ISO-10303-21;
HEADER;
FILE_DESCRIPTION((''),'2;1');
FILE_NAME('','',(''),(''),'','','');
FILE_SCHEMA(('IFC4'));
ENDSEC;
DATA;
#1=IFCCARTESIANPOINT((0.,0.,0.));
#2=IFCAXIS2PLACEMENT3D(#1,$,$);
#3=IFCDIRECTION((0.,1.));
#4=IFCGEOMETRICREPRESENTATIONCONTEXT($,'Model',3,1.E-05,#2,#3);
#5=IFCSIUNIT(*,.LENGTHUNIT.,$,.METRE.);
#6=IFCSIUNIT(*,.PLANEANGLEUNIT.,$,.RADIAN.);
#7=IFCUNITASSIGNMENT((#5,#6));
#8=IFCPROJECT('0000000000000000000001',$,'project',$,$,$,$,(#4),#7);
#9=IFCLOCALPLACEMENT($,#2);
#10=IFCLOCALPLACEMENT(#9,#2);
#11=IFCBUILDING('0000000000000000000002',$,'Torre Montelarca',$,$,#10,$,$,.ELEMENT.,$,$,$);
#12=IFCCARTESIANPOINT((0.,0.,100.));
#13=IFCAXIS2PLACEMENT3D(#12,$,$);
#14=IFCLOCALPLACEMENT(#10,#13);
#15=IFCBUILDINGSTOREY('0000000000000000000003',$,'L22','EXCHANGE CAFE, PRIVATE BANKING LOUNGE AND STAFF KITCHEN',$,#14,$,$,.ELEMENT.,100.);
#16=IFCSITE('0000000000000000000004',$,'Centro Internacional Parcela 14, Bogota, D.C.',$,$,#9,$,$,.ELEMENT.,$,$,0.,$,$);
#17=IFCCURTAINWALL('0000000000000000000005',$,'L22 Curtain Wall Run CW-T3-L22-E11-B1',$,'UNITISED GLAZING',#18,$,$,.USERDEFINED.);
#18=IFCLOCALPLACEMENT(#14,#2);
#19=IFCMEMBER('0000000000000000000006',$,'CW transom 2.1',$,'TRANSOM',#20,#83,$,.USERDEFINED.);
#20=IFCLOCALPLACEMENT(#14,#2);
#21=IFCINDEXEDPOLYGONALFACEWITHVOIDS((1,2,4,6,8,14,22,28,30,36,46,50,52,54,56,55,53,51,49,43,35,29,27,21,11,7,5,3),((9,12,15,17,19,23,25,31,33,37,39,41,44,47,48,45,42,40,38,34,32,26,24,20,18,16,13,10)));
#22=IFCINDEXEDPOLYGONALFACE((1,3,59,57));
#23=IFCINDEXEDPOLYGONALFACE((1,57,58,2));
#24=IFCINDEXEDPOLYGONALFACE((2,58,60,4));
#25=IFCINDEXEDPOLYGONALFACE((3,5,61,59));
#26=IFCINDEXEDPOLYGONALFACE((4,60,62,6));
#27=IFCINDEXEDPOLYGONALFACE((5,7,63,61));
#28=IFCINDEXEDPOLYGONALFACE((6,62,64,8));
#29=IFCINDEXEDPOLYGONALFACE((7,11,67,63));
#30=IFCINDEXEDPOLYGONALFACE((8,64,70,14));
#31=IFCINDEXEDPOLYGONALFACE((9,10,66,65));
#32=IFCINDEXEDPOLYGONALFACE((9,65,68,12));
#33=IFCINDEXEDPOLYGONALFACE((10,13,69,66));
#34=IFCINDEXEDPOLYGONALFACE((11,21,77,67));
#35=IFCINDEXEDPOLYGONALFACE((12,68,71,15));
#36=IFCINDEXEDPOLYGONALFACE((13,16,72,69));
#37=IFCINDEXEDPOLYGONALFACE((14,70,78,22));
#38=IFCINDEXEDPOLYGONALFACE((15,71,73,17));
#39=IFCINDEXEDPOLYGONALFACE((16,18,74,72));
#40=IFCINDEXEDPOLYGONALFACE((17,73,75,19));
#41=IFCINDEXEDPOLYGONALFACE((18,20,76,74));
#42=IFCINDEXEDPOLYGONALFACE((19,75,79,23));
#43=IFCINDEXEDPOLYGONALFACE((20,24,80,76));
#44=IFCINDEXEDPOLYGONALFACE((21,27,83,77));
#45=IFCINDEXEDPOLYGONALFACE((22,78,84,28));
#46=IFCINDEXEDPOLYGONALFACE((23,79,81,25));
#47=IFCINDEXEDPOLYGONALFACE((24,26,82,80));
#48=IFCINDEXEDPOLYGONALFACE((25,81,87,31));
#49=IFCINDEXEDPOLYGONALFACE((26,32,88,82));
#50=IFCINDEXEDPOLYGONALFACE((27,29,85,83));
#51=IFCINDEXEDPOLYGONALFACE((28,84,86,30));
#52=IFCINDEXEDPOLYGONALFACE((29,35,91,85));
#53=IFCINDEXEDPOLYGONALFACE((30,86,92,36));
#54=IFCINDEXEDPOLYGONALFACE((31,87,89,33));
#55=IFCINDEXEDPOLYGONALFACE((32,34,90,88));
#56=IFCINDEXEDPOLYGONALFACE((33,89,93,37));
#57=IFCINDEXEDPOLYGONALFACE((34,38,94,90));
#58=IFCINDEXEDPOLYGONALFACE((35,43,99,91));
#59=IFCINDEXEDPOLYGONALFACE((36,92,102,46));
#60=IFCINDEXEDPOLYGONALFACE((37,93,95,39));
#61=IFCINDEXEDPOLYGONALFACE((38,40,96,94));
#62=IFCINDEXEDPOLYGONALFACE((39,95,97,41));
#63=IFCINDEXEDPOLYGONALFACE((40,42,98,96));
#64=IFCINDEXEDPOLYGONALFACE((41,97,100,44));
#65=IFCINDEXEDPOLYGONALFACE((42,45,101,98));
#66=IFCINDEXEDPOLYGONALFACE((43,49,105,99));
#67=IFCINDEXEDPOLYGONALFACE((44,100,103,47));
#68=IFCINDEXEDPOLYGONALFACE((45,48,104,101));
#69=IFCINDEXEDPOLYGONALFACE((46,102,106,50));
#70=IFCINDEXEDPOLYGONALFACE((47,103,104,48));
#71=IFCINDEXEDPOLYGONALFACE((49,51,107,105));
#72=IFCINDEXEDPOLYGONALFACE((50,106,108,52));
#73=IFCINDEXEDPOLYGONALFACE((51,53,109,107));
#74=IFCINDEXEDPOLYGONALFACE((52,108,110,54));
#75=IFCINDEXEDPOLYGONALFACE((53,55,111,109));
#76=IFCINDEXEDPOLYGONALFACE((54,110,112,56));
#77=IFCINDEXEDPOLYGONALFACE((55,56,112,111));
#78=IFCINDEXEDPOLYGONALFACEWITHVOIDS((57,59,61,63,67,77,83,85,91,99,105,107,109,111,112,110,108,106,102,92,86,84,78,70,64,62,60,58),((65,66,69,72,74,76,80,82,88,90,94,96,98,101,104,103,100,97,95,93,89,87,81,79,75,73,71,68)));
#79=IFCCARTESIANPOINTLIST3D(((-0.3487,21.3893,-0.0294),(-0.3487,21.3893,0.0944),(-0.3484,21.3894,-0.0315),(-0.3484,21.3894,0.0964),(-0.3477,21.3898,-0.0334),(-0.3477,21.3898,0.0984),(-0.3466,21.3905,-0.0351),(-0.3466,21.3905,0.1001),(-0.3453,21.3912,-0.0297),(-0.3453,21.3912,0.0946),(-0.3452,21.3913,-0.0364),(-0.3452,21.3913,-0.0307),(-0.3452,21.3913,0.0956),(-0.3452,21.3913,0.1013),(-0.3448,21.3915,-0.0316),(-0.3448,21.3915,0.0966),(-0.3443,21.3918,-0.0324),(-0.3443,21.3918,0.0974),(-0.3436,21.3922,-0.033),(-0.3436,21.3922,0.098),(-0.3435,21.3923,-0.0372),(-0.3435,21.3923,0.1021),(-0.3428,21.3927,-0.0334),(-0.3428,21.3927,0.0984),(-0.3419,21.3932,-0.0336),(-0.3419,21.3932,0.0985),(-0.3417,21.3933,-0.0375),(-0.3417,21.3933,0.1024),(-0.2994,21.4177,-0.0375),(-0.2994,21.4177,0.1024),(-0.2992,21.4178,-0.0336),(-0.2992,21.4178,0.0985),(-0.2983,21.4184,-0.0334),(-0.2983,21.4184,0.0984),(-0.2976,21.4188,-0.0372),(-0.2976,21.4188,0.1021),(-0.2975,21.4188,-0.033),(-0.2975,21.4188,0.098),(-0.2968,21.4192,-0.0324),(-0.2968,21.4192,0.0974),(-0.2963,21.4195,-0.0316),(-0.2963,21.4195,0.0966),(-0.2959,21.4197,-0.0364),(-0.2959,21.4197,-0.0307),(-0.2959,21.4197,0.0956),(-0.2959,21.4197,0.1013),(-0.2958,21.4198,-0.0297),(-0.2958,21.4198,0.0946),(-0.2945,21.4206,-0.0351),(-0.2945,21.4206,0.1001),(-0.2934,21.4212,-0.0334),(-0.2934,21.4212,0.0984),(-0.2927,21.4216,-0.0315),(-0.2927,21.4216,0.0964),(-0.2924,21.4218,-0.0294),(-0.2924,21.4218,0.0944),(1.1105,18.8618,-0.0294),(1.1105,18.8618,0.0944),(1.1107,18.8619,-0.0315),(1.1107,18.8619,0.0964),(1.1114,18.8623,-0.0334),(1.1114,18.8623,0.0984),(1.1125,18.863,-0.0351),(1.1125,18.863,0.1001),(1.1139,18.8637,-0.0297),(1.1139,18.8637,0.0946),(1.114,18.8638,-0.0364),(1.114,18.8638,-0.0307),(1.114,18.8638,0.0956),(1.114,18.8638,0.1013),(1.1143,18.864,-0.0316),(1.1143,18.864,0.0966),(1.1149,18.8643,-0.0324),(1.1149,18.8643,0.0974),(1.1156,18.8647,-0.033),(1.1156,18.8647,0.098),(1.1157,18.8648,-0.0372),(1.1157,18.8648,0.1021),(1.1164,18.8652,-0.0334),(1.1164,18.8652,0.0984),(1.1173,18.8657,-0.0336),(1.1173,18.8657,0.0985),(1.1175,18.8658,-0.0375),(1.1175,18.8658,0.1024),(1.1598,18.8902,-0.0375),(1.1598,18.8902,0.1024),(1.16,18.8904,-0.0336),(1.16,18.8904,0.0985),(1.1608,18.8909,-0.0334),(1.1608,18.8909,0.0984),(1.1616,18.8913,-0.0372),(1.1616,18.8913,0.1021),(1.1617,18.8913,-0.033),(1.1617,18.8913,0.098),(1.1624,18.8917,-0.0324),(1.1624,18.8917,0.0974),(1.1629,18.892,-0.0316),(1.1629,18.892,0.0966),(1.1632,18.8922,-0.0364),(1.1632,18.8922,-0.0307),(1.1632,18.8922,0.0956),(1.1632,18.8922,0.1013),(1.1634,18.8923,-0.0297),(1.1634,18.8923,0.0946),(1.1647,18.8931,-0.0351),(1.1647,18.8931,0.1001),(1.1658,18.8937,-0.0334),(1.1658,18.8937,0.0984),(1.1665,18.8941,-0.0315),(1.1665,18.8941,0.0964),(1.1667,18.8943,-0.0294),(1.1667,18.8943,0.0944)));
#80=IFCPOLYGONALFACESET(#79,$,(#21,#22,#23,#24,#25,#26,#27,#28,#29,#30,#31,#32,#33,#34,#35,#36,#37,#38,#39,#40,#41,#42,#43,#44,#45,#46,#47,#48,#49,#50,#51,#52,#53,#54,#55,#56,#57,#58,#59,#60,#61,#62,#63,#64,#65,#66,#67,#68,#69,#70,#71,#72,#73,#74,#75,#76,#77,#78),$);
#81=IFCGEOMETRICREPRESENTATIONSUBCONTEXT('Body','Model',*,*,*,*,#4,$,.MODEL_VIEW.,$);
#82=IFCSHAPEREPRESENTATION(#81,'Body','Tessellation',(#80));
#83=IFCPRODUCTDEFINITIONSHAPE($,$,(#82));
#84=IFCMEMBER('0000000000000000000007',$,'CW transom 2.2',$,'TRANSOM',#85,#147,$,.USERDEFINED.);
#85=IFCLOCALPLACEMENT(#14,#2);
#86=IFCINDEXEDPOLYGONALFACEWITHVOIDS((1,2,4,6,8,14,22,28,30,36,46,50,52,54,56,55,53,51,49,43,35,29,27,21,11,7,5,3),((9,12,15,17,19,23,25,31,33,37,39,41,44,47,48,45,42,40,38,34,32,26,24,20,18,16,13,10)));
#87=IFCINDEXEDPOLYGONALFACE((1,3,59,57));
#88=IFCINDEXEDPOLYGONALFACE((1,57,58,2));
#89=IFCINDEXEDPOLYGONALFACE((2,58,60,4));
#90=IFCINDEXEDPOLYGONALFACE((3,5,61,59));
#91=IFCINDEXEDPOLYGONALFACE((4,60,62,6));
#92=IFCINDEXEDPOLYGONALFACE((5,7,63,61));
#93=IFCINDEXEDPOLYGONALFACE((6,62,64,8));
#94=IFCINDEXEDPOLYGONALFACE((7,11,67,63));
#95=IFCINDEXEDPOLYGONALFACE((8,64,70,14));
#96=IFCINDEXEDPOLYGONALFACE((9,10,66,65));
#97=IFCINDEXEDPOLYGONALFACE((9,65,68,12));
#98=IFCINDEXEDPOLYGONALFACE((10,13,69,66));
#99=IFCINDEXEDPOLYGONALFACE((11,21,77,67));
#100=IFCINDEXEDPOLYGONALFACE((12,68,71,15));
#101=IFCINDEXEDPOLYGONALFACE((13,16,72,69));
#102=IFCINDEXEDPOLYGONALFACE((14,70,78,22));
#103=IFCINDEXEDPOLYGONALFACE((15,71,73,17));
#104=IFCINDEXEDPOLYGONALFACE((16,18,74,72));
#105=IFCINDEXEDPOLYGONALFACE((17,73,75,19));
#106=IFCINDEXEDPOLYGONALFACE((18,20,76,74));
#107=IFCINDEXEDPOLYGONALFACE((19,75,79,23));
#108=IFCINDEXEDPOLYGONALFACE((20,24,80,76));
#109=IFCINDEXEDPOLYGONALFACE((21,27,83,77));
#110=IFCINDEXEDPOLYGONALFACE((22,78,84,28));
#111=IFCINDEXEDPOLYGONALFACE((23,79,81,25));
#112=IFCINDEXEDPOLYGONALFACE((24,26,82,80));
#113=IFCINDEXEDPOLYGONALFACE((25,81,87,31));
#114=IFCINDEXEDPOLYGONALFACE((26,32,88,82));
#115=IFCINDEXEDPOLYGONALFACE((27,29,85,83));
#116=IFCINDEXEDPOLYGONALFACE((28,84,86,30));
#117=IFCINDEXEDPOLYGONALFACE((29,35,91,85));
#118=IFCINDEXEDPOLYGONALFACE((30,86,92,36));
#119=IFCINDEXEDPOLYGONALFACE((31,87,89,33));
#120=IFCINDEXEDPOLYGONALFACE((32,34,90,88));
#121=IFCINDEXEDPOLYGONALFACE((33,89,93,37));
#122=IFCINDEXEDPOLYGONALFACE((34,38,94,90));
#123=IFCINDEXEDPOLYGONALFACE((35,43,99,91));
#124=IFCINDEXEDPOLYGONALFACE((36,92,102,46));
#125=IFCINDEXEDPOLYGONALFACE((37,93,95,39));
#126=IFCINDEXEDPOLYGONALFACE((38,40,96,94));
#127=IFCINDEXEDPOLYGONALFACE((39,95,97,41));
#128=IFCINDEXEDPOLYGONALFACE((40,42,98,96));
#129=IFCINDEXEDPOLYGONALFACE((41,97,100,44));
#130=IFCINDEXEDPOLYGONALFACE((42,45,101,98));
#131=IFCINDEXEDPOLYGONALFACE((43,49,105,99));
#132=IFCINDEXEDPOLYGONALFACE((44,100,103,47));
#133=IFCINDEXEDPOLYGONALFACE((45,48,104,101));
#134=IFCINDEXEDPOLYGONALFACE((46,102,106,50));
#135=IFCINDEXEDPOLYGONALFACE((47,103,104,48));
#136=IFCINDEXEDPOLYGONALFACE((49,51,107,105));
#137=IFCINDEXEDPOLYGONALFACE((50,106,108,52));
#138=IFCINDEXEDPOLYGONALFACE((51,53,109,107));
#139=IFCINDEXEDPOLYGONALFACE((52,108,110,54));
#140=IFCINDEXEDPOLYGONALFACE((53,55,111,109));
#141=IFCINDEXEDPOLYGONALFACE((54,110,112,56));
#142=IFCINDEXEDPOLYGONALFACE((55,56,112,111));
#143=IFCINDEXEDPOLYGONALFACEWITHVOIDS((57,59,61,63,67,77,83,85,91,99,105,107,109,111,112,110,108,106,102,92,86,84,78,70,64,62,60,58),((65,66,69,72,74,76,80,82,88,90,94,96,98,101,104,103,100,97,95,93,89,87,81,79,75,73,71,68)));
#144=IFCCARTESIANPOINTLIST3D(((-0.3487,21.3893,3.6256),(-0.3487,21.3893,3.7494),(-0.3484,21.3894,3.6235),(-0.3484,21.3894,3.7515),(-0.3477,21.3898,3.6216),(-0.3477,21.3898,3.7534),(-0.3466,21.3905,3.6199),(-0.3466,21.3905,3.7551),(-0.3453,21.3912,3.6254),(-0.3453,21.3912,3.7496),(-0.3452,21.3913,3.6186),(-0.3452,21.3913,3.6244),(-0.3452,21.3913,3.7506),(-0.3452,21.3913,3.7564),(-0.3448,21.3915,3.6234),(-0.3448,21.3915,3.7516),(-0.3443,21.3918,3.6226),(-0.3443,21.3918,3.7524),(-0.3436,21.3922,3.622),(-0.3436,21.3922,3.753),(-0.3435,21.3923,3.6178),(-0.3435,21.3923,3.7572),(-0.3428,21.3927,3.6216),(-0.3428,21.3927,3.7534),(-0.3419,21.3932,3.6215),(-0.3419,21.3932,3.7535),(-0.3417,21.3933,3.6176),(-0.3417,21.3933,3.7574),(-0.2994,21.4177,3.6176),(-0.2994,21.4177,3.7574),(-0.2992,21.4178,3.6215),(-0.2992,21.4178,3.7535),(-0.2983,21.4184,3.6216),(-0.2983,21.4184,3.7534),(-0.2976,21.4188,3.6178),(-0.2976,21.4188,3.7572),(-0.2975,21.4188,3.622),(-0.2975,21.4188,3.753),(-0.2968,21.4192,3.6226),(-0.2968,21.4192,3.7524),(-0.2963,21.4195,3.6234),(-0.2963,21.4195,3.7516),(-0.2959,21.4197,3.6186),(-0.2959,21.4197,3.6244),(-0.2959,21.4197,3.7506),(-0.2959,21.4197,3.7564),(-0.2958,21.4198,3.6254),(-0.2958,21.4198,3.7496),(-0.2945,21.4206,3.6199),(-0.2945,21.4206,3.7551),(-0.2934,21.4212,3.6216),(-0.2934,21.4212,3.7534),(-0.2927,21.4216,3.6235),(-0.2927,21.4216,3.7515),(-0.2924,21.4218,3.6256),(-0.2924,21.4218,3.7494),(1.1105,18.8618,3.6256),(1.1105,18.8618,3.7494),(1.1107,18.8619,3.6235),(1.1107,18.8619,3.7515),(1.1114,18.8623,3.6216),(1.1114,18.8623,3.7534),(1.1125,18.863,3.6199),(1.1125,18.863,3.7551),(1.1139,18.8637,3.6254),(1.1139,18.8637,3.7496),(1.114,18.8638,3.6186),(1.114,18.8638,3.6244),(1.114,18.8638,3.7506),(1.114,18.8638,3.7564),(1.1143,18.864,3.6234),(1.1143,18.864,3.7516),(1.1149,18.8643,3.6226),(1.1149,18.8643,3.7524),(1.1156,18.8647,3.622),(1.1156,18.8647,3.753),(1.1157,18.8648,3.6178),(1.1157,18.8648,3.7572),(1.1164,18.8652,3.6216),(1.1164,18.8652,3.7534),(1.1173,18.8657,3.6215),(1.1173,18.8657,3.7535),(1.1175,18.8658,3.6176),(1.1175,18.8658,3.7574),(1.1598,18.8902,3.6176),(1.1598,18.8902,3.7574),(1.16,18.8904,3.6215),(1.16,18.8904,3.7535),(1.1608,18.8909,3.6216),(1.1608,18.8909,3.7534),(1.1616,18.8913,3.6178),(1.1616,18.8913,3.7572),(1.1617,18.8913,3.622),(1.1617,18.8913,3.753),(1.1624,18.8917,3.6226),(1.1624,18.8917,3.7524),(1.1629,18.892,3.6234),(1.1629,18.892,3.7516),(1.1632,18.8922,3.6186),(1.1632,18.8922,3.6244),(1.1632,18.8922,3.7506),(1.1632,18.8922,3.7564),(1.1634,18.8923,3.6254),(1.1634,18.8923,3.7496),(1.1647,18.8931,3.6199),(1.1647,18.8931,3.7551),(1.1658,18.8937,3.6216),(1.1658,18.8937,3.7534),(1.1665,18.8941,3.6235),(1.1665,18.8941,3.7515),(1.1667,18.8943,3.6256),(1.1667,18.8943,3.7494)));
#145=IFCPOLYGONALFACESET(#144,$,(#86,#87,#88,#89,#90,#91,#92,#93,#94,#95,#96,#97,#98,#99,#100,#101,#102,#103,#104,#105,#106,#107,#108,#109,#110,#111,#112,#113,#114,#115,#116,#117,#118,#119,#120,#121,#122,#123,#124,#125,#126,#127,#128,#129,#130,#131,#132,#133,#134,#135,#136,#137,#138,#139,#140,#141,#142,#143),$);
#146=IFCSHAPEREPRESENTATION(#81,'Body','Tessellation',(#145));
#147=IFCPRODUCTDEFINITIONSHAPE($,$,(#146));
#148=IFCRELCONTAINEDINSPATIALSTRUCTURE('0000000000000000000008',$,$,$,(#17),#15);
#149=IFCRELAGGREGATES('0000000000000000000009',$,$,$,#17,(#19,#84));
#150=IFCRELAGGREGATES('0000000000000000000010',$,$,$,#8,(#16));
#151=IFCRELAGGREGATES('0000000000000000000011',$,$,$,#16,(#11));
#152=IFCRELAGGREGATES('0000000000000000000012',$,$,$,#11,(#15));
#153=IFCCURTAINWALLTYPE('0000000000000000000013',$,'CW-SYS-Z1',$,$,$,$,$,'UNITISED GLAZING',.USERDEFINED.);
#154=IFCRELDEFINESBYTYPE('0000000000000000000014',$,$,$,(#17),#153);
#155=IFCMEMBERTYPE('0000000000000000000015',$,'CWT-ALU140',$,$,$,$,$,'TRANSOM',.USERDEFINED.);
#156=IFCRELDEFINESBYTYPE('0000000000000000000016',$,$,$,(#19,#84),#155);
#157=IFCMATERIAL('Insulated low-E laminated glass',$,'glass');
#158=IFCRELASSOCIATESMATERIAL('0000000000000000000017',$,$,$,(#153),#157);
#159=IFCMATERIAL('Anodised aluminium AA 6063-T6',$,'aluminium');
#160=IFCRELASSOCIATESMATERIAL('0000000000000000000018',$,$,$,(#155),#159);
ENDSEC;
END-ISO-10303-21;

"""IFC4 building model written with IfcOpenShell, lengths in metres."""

from ifc_helpers import new_model, si_unit, direction, frame, origin, origin_2d, place, context, subcontext, project, spatial, hollow_rectangle, extrude, source, transform, mapped, material, material_profile, profile_set, type_object, element, aggregate, save


model = new_model("IFC4")

# Units and contexts
model_context = context("Model", 3, precision=1e-05, world=origin(), true_north=direction((0.0, 1.0)))
body_context = subcontext(model_context, "Body", "Model", "MODEL_VIEW")
ifc_project = project(units=[si_unit("LENGTHUNIT", "METRE"), si_unit("PLANEANGLEUNIT", "RADIAN")], contexts=[model_context])

# Site, building, storey
site_placement = place(None, origin())
site = spatial("IfcSite", under=ifc_project, at=site_placement, Name="Centro Internacional Parcela 14, Bogota, D.C.", CompositionType="ELEMENT", RefElevation=0.0)
building_placement = place(site_placement, origin())
building = spatial("IfcBuilding", under=site, at=building_placement, Name="Torre Montelarca", CompositionType="ELEMENT")
storey_placement = place(building_placement, frame((0.0, 0.0, 100.0)))
storey = spatial("IfcBuildingStorey", under=building, at=storey_placement, Name="L22", Description="EXCHANGE CAFE, PRIVATE BANKING LOUNGE AND STAFF KITCHEN", CompositionType="ELEMENT", Elevation=100.0)

# Curtain wall, members
ifc_material_1 = material(Name="Insulated low-E laminated glass", Category="glass")
curtain_wall_type = type_object("IfcCurtainWallType", Name="CW-SYS-Z1", ElementType="UNITISED GLAZING", PredefinedType="USERDEFINED", material=ifc_material_1)
curtain_wall_1_placement = place(storey_placement, origin())
curtain_wall_1 = element("IfcCurtainWall", 1, at=curtain_wall_1_placement, inside=storey, type_object=curtain_wall_type, Name="L22 Curtain Wall Run CW-T3-L22-E11-B1", ObjectType="UNITISED GLAZING", PredefinedType="USERDEFINED")
ifc_material_2 = material(Name="Anodised aluminium AA 6063-T6", Category="aluminium")
ifc_material_profile_1 = material_profile(ifc_material_2, hollow_rectangle(XDim=0.0649, YDim=0.1399, WallThickness=0.0039, InnerFilletRadius=0.0039, OuterFilletRadius=0.0081, at=origin_2d()), Name="ALU65X140X4", Category="aluminium")
ifc_profile_set_1 = profile_set([ifc_material_profile_1], Name="Anodised aluminium AA 6063-T6")
member_type_1 = type_object("IfcMemberType", Name="CWT-ALU140", ElementType="TRANSOM", PredefinedType="USERDEFINED", material=ifc_profile_set_1)
shared_shape_1 = source(origin(), body_context, "Body", "SweptSolid", [
    extrude(hollow_rectangle(XDim=0.0649, YDim=0.1399, WallThickness=0.0039, InnerFilletRadius=0.0039, OuterFilletRadius=0.0081, at=origin_2d()), origin(), (0.0, 0.0, 1.0), 2.9185),
])
member_1_placement = place(storey_placement, frame((-0.3206, 21.4055, 0.0325), z_axis=(0.499981, -0.866037, 0.0), x_axis=(0.866037, 0.499981, 0.0)))
member_1 = element("IfcMember", 2, at=member_1_placement, type_object=member_type_1, Name="CW transom 2.1", ObjectType="TRANSOM", PredefinedType="USERDEFINED", context=body_context, shape_type="MappedRepresentation", body=[
    mapped(shared_shape_1, transform((0.0, 0.0, 0.0), scale=1.0)),
])
member_2_placement = place(storey_placement, frame((-0.3206, 21.4055, 3.6875), z_axis=(0.499981, -0.866037, 0.0), x_axis=(0.866037, 0.499981, 0.0)))
member_2 = element("IfcMember", 3, at=member_2_placement, type_object=member_type_1, Name="CW transom 2.2", ObjectType="TRANSOM", PredefinedType="USERDEFINED", context=body_context, shape_type="MappedRepresentation", body=[
    mapped(shared_shape_1, transform((0.0, 0.0, 0.0), scale=1.0)),
])

aggregate(curtain_wall_1, [member_1, member_2])

save(model, "model.ifc")
